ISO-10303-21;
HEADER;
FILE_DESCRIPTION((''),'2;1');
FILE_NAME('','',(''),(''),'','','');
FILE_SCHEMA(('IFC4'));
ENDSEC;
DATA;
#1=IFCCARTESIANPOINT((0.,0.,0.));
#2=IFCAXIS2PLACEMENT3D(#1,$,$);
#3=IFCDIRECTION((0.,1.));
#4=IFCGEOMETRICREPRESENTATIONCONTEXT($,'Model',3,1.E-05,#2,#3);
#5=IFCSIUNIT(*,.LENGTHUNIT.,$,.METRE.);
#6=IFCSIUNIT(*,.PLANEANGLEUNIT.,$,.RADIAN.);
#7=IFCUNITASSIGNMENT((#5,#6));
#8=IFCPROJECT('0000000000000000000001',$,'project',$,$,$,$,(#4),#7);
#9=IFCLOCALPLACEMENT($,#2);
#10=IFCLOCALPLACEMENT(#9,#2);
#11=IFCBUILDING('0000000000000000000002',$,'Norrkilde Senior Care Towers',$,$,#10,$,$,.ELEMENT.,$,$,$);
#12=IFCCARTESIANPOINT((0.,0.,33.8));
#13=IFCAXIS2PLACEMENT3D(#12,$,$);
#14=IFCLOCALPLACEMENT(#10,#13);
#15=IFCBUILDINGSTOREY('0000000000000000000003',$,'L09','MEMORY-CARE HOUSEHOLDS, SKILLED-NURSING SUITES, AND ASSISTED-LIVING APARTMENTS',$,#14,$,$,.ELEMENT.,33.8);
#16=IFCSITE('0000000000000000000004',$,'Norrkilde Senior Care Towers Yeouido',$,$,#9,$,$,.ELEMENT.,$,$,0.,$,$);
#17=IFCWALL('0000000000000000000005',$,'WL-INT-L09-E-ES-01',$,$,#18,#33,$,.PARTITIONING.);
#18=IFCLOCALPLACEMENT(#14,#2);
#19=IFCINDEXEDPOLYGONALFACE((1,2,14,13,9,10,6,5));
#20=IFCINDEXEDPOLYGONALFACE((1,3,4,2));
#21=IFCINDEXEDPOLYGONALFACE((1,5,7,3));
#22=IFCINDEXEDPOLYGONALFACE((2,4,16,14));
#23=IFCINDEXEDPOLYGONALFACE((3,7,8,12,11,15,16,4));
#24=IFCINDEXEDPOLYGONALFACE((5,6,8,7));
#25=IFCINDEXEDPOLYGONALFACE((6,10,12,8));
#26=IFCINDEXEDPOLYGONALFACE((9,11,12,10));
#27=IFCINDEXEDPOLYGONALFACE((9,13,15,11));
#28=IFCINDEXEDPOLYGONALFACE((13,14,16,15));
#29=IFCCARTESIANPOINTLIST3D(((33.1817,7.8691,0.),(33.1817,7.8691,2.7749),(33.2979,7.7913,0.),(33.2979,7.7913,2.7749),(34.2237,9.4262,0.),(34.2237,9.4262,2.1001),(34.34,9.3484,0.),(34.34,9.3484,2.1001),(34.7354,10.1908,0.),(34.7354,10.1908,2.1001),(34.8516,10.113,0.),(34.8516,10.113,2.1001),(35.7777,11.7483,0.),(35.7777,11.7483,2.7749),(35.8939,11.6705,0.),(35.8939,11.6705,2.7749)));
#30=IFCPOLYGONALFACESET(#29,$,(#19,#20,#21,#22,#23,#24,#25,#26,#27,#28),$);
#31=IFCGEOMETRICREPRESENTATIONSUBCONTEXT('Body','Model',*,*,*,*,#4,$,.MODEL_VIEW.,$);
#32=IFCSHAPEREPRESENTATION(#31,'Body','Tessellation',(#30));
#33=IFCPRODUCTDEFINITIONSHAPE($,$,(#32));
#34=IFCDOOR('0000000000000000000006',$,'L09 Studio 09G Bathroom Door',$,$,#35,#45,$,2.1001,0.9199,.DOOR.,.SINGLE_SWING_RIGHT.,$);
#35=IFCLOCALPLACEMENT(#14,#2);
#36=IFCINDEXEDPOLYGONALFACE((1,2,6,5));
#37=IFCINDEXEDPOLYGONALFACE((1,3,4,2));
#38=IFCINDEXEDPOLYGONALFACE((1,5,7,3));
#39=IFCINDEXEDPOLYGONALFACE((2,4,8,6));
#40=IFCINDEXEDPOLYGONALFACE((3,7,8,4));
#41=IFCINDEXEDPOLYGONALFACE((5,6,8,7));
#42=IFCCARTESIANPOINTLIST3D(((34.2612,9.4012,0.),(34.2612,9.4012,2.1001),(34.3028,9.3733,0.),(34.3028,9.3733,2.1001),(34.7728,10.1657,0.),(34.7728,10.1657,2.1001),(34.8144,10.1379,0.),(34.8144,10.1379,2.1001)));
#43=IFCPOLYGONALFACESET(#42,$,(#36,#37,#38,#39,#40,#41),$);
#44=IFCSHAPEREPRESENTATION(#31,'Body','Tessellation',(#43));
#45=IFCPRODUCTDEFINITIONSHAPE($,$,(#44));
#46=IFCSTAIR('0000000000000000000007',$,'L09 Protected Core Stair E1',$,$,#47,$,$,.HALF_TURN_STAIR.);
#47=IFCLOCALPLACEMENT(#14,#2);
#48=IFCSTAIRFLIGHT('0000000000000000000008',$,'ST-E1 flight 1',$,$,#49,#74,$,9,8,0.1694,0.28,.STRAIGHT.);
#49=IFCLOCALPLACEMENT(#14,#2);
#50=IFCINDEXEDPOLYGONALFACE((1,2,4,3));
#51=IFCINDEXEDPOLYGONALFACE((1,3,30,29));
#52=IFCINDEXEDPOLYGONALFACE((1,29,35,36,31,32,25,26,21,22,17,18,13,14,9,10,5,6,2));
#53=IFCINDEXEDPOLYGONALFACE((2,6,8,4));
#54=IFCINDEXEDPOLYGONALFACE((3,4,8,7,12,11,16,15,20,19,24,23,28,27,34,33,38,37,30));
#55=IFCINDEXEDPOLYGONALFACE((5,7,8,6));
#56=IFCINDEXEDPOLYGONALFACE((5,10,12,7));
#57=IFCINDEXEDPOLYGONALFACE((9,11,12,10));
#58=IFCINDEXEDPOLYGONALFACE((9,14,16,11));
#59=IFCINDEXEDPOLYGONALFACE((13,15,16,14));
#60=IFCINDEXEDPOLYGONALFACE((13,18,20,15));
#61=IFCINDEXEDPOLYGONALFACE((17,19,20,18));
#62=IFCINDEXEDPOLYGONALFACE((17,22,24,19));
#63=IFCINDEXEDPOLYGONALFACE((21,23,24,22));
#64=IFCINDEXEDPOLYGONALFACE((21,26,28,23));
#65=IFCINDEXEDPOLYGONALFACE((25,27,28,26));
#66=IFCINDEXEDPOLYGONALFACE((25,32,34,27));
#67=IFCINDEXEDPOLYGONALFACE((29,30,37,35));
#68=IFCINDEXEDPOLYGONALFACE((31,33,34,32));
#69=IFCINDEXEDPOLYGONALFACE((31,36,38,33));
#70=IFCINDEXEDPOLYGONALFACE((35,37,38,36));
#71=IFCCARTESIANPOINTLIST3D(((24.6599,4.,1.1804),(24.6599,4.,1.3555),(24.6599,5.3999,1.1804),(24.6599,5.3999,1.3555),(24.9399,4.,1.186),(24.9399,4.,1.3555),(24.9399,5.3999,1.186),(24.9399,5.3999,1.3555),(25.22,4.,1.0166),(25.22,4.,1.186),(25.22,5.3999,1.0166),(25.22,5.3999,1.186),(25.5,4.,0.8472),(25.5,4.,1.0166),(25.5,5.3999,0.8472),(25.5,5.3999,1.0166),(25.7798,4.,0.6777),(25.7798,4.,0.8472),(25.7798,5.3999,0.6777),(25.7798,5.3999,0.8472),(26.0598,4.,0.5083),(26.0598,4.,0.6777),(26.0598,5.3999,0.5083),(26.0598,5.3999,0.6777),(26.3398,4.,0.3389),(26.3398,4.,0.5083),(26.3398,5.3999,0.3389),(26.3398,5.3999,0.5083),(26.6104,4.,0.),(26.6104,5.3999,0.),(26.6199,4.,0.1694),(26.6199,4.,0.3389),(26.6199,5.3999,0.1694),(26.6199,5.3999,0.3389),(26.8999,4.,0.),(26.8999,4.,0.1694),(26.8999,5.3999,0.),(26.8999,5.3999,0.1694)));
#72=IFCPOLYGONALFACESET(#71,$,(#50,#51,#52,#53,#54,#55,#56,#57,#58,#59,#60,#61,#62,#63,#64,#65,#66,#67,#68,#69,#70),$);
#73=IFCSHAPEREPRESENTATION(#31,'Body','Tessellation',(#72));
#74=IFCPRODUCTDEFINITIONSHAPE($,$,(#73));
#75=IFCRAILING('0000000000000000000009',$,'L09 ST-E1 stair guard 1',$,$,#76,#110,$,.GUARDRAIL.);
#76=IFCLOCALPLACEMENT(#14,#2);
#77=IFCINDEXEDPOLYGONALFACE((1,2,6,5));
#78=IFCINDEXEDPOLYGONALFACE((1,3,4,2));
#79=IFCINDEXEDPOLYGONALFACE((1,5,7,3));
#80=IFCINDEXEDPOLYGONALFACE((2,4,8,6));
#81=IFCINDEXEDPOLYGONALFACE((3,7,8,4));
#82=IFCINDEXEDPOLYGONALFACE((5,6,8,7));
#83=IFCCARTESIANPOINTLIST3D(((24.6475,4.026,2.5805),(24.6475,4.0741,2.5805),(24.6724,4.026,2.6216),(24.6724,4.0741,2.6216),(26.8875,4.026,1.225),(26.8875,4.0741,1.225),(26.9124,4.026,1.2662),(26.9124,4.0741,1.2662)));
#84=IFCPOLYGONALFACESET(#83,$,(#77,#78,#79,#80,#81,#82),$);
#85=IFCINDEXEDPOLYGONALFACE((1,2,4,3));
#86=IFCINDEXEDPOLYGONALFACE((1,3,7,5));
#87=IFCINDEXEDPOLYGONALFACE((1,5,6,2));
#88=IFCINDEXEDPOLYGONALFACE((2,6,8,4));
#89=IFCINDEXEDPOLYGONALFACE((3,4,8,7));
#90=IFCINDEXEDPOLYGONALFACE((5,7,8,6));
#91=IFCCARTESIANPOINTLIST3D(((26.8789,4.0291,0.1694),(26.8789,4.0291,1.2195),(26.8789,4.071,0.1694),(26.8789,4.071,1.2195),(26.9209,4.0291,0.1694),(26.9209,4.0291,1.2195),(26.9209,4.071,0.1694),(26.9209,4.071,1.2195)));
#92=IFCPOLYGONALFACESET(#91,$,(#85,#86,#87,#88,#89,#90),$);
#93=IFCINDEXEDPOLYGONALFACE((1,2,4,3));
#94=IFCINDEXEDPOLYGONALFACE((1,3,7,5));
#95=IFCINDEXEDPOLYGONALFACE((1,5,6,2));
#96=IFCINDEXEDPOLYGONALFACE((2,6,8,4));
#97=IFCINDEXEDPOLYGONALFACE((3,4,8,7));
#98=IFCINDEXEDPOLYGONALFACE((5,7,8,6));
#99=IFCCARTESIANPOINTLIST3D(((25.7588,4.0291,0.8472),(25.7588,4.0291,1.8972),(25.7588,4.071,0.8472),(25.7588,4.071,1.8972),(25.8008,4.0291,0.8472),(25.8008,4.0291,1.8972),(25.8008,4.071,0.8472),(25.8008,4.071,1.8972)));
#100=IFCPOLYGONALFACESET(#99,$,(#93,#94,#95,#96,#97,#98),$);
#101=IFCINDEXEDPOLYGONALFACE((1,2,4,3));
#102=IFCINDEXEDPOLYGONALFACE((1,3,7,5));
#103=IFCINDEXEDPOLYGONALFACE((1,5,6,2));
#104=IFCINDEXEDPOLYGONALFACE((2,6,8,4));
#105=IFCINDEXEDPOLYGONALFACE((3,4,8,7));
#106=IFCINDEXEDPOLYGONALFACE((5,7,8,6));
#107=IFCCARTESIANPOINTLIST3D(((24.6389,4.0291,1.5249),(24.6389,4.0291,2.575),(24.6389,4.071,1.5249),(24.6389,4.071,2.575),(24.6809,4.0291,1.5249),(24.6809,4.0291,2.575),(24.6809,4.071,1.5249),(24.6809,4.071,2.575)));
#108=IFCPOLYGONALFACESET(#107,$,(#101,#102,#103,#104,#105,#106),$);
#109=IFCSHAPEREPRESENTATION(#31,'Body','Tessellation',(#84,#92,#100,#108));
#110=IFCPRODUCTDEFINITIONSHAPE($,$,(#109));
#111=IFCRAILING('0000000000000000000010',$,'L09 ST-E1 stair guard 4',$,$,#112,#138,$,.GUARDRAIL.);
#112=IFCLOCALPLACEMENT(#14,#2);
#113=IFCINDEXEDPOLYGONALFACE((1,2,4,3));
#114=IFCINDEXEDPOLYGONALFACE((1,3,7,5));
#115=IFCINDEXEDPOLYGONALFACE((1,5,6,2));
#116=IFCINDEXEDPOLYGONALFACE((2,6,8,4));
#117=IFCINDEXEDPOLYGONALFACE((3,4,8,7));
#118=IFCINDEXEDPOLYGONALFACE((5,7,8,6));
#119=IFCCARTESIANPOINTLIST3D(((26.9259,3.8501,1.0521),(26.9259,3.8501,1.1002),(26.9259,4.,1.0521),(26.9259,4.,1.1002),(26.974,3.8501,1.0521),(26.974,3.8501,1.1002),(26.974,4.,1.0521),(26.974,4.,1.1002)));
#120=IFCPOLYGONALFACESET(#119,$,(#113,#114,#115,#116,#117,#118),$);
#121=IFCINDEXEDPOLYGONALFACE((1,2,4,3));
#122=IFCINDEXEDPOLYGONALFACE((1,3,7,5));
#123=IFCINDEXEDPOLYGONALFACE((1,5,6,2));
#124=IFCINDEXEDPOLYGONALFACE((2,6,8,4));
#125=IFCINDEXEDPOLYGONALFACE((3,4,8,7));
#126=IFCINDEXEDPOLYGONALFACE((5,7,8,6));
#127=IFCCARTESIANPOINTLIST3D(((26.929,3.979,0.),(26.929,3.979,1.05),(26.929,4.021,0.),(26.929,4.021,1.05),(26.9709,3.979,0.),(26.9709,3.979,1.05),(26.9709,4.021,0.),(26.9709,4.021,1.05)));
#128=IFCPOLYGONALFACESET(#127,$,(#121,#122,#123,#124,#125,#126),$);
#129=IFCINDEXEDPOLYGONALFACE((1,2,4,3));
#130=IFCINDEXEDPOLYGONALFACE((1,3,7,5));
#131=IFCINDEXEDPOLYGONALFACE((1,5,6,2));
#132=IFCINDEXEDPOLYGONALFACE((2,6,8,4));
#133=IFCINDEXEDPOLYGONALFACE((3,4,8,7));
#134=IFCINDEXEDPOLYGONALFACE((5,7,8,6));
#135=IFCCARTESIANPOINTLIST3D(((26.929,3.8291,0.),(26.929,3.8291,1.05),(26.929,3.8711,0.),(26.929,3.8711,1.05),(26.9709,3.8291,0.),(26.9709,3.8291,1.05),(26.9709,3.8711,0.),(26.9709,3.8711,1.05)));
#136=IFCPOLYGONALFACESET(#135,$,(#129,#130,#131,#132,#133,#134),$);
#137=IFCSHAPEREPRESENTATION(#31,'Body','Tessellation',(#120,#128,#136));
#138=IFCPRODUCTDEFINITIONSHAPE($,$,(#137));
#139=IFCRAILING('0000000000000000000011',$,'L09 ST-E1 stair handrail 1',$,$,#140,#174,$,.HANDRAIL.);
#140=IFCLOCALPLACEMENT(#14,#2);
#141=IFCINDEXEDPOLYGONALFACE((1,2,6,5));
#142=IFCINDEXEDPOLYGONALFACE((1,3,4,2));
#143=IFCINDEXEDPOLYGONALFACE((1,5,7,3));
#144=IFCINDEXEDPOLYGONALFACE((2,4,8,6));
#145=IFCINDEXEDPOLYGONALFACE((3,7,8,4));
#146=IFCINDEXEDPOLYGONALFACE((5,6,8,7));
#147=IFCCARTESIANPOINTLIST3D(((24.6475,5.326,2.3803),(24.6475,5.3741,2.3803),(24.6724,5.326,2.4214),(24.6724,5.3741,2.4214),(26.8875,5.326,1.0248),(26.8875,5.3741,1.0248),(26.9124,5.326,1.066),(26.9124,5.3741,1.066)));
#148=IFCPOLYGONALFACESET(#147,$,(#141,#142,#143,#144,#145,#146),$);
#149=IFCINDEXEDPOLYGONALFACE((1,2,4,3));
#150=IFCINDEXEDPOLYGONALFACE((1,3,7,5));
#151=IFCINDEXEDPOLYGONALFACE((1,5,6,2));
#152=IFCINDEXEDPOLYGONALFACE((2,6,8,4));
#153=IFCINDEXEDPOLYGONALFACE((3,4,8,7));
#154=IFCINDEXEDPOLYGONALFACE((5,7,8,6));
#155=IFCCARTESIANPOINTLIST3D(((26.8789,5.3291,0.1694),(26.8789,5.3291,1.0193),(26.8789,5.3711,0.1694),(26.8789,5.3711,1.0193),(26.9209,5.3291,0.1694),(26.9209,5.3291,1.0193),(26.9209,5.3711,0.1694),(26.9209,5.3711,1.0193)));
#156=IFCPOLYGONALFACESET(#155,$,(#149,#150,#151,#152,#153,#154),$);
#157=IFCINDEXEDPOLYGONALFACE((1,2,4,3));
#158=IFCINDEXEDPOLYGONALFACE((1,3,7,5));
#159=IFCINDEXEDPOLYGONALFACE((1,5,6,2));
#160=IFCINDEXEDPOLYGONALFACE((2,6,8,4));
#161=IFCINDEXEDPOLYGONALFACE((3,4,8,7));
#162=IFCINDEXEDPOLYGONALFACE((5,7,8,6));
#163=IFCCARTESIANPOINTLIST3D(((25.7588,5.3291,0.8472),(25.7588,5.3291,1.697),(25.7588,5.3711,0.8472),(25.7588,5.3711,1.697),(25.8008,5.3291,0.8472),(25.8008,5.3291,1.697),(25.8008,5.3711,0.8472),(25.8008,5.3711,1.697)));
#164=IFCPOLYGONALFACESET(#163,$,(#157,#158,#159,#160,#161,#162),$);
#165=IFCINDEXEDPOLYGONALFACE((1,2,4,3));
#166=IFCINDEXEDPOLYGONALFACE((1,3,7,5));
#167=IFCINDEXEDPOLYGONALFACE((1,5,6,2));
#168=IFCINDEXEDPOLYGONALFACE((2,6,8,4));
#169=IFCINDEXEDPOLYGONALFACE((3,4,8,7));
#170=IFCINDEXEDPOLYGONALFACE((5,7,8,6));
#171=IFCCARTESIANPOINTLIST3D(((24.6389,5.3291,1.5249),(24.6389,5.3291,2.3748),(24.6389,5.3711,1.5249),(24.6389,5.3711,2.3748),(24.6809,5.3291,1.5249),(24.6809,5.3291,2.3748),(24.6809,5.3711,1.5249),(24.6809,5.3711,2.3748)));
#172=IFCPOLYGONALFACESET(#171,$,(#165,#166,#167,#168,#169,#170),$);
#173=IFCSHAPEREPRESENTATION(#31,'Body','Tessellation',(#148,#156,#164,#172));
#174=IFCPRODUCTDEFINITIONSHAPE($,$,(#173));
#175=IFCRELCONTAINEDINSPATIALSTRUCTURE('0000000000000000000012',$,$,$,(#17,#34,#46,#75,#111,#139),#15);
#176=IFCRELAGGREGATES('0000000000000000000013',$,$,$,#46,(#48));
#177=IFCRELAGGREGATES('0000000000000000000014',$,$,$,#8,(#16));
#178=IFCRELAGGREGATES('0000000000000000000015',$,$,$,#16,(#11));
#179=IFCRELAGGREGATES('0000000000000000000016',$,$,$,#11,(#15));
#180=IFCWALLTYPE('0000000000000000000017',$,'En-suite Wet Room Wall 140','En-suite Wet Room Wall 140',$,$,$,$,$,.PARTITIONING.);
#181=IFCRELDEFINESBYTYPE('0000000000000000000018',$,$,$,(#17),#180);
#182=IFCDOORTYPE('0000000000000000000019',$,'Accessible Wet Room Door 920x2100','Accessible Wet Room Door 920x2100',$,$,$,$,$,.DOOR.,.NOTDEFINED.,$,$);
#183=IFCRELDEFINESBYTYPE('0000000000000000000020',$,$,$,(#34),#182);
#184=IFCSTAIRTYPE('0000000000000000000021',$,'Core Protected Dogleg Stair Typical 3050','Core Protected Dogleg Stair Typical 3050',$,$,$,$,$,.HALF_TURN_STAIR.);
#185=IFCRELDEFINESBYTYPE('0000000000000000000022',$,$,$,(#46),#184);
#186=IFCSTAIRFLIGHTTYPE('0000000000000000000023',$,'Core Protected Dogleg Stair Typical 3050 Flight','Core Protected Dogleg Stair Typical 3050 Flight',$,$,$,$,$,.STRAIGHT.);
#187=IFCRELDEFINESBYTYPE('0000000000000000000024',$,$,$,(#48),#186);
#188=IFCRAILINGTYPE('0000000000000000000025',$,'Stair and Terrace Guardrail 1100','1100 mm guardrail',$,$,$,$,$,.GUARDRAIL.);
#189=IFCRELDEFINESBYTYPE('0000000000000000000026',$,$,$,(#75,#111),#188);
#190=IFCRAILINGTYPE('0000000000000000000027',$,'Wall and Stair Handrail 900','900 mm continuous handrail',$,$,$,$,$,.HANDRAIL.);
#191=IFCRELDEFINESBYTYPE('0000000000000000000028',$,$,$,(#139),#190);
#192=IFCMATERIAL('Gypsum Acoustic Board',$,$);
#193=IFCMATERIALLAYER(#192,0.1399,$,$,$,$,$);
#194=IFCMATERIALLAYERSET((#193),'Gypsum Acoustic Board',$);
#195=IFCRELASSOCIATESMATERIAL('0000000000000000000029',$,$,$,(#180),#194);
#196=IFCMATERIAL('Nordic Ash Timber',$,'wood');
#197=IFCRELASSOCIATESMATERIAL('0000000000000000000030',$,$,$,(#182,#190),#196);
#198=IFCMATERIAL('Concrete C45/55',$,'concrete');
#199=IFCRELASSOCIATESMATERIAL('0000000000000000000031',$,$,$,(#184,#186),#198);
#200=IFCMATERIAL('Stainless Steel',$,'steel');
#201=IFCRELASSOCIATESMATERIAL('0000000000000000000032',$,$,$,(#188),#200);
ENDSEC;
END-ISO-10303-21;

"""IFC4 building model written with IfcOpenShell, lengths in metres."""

from ifc_helpers import new_model, si_unit, direction, frame, frame_2d, origin, origin_2d, place, context, subcontext, project, spatial, polyline, rectangle, outline, extrude, source, transform, mapped, material, layer, layer_set, type_object, type_shapes, element, fill, aggregate, save


model = new_model("IFC4")

# Units and contexts
model_context = context("Model", 3, precision=1e-05, world=origin(), true_north=direction((0.0, 1.0)))
body_context = subcontext(model_context, "Body", "Model", "MODEL_VIEW")
ifc_project = project(units=[si_unit("LENGTHUNIT", "METRE"), si_unit("PLANEANGLEUNIT", "RADIAN")], contexts=[model_context])

# Site, building, storey
site_placement = place(None, origin())
site = spatial("IfcSite", under=ifc_project, at=site_placement, Name="Norrkilde Senior Care Towers Yeouido", CompositionType="ELEMENT", RefElevation=0.0)
building_placement = place(site_placement, origin())
building = spatial("IfcBuilding", under=site, at=building_placement, Name="Norrkilde Senior Care Towers", CompositionType="ELEMENT")
storey_placement = place(building_placement, frame((0.0, 0.0, 33.8)))
storey = spatial("IfcBuildingStorey", under=building, at=storey_placement, Name="L09", Description="MEMORY-CARE HOUSEHOLDS, SKILLED-NURSING SUITES, AND ASSISTED-LIVING APARTMENTS", CompositionType="ELEMENT", Elevation=33.8)

# Shared definitions
ifc_material_1 = material(Name="Concrete C45/55", Category="concrete")
ifc_material_2 = material(Name="Stainless Steel", Category="steel")

# Shared definitions
ifc_material_3 = material(Name="Gypsum Acoustic Board")

# Shared definitions
ifc_layer_1 = layer(ifc_material_3, 0.1399)
ifc_layer_set_1 = layer_set([ifc_layer_1], Name="Gypsum Acoustic Board")
wall_type_1 = type_object("IfcWallType", Name="En-suite Wet Room Wall 140", Description="En-suite Wet Room Wall 140", PredefinedType="PARTITIONING", material=ifc_layer_set_1)

# Wall, opening, door
shared_shape_1 = source(origin(), body_context, "Body", "SweptSolid", [
    extrude(rectangle(XDim=4.6677, YDim=0.1399, at=frame_2d((2.334, 0.0))), origin(), (0.0, 0.0, 1.0), 2.7749),
])
wall_1_placement = place(storey_placement, frame((33.2397, 7.8301, 0.0), z_axis=(0.0, 0.0, 1.0), x_axis=(0.55616, 0.831075, 0.0)))
wall_1 = element("IfcWall", 1, at=wall_1_placement, inside=storey, type_object=wall_type_1, Name="WL-INT-L09-E-ES-01", PredefinedType="PARTITIONING", context=body_context, shape_type="MappedRepresentation", body=[
    mapped(shared_shape_1, transform((0.0, 0.0, 0.0), x_axis=(1.0, 0.0, 0.0), y_axis=(0.0, 1.0, 0.0), z_axis=(0.0, 0.0, 1.0), scale=1.0)),
])
opening_1_placement = place(wall_1_placement, frame((1.8738, 0.0, 0.0)))
opening_1 = element("IfcOpeningElement", 2, at=opening_1_placement, cuts=wall_1, PredefinedType="OPENING", context=body_context, shape_type="SweptSolid", body=[
    extrude(rectangle(XDim=0.9199, YDim=2.1001, at=frame_2d((0.46, 1.05))), frame((0.0, 0.0798, 0.0), z_axis=(0.0, -1.0, 0.0), x_axis=(1.0, 0.0, 0.0)), (0.0, 0.0, 1.0), 0.1599),
])
ifc_material_4 = material(Name="Nordic Ash Timber", Category="wood")
door_type_1 = type_object("IfcDoorType", Name="Accessible Wet Room Door 920x2100", Description="Accessible Wet Room Door 920x2100", OperationType="NOTDEFINED", PredefinedType="DOOR", material=ifc_material_4)
shared_shape_2 = source(origin(), body_context, "Body", "SweptSolid", [
    extrude(rectangle(XDim=0.9199, YDim=2.1001, at=frame_2d((0.46, 1.05))), frame((0.0, 0.0249, 0.0), z_axis=(0.0, -1.0, 0.0), x_axis=(1.0, 0.0, 0.0)), (0.0, 0.0, 1.0), 0.05),
])
type_shapes(door_type_1, [shared_shape_2])
door_1_placement = place(opening_1_placement, origin())
door_1 = element("IfcDoor", 3, at=door_1_placement, inside=storey, type_object=door_type_1, Name="L09 Studio 09G Bathroom Door", OperationType="SINGLE_SWING_RIGHT", OverallHeight=2.1001, OverallWidth=0.9199, PredefinedType="DOOR", context=body_context, shape_type="MappedRepresentation", body=[
    mapped(shared_shape_2, transform((0.0, 0.0, 0.0), x_axis=(1.0, 0.0, 0.0), y_axis=(0.0, 1.0, 0.0), z_axis=(0.0, 0.0, 1.0), scale=1.0)),
])
fill(opening_1, door_1)

# Stair, stair flight
stair_type = type_object("IfcStairType", Name="Core Protected Dogleg Stair Typical 3050", Description="Core Protected Dogleg Stair Typical 3050", PredefinedType="HALF_TURN_STAIR", material=ifc_material_1)
stair_placement = place(storey_placement, origin())
stair = element("IfcStair", 4, at=stair_placement, inside=storey, type_object=stair_type, Name="L09 Protected Core Stair E1", PredefinedType="HALF_TURN_STAIR")
stair_flight_type = type_object("IfcStairFlightType", Name="Core Protected Dogleg Stair Typical 3050 Flight", Description="Core Protected Dogleg Stair Typical 3050 Flight", PredefinedType="STRAIGHT", material=ifc_material_1)
stair_flight_placement = place(storey_placement, frame((26.8999, 4.7, 0.0), z_axis=(0.0, 0.0, 1.0), x_axis=(-1.0, 0.0, 0.0)))
stair_flight = element("IfcStairFlight", 5, at=stair_flight_placement, type_object=stair_flight_type, Name="ST-E1 flight 1", NumberOfRisers=9, NumberOfTreads=8, PredefinedType="STRAIGHT", RiserHeight=0.1694, TreadLength=0.28, context=body_context, shape_type="SweptSolid", body=[
    extrude(outline(polyline([(0.0, 0.0), (0.0, 0.1694), (0.28, 0.1694), (0.28, 0.3389), (0.5601, 0.3389), (0.5601, 0.5083), (0.8401, 0.5083), (0.8401, 0.6777), (1.1201, 0.6777), (1.1201, 0.8472), (1.3999, 0.8472), (1.3999, 1.0166), (1.6799, 1.0166), (1.6799, 1.186), (1.96, 1.186), (1.96, 1.3555), (2.24, 1.3555), (2.24, 1.5249), (2.24, 1.1804), (0.2896, 0.0), (0.0, 0.0)])), frame((0.0, 0.7, 0.0), z_axis=(0.0, -1.0, 0.0), x_axis=(1.0, 0.0, 0.0)), (0.0, 0.0, 1.0), 1.3999),
])
aggregate(stair, [stair_flight])

# Railings
railing_type_1 = type_object("IfcRailingType", Name="Stair and Terrace Guardrail 1100", Description="1100 mm guardrail", PredefinedType="GUARDRAIL", material=ifc_material_2)
railing_1_placement = place(storey_placement, frame((26.8999, 4.05, 0.1694)))
element("IfcRailing", 6, at=railing_1_placement, inside=storey, type_object=railing_type_1, Name="L09 ST-E1 stair guard 1", PredefinedType="GUARDRAIL", context=body_context, shape_type="SweptSolid", body=[
    extrude(rectangle(XDim=0.0481, YDim=0.0481, at=origin_2d()), frame((0.0, 0.0, 1.0762), z_axis=(-0.855553, 0.0, 0.517715), x_axis=(0.0, -1.0, 0.0)), (0.0, 0.0, 1.0), 2.6182),
    extrude(rectangle(XDim=0.042, YDim=0.042, at=origin_2d()), origin(), (0.0, 0.0, 1.0), 1.05),
    extrude(rectangle(XDim=0.042, YDim=0.042, at=origin_2d()), frame((-1.1201, 0.0, 0.6777)), (0.0, 0.0, 1.0), 1.05),
    extrude(rectangle(XDim=0.042, YDim=0.042, at=origin_2d()), frame((-2.24, 0.0, 1.3555)), (0.0, 0.0, 1.0), 1.05),
])
railing_2_placement = place(storey_placement, frame((26.95, 4.0, 0.0)))
element("IfcRailing", 7, at=railing_2_placement, inside=storey, type_object=railing_type_1, Name="L09 ST-E1 stair guard 4", PredefinedType="GUARDRAIL", context=body_context, shape_type="SweptSolid", body=[
    extrude(rectangle(XDim=0.0481, YDim=0.0481, at=origin_2d()), frame((0.0, 0.0, 1.0762), z_axis=(0.0, -1.0, 0.0), x_axis=(1.0, 0.0, 0.0)), (0.0, 0.0, 1.0), 0.1499),
    extrude(rectangle(XDim=0.042, YDim=0.042, at=origin_2d()), origin(), (0.0, 0.0, 1.0), 1.05),
    extrude(rectangle(XDim=0.042, YDim=0.042, at=origin_2d()), frame((0.0, -0.1499, 0.0)), (0.0, 0.0, 1.0), 1.05),
])
railing_type_2 = type_object("IfcRailingType", Name="Wall and Stair Handrail 900", Description="900 mm continuous handrail", PredefinedType="HANDRAIL", material=ifc_material_4)
railing_3_placement = place(storey_placement, frame((26.8999, 5.3501, 0.1694)))
element("IfcRailing", 8, at=railing_3_placement, inside=storey, type_object=railing_type_2, Name="L09 ST-E1 stair handrail 1", PredefinedType="HANDRAIL", context=body_context, shape_type="SweptSolid", body=[
    extrude(rectangle(XDim=0.0481, YDim=0.0481, at=origin_2d()), frame((0.0, 0.0, 0.876), z_axis=(-0.855553, 0.0, 0.517715), x_axis=(0.0, -1.0, 0.0)), (0.0, 0.0, 1.0), 2.6182),
    extrude(rectangle(XDim=0.042, YDim=0.042, at=origin_2d()), origin(), (0.0, 0.0, 1.0), 0.8499),
    extrude(rectangle(XDim=0.042, YDim=0.042, at=origin_2d()), frame((-1.1201, 0.0, 0.6777)), (0.0, 0.0, 1.0), 0.8499),
    extrude(rectangle(XDim=0.042, YDim=0.042, at=origin_2d()), frame((-2.24, 0.0, 1.3555)), (0.0, 0.0, 1.0), 0.8499),
])

save(model, "model.ifc")
